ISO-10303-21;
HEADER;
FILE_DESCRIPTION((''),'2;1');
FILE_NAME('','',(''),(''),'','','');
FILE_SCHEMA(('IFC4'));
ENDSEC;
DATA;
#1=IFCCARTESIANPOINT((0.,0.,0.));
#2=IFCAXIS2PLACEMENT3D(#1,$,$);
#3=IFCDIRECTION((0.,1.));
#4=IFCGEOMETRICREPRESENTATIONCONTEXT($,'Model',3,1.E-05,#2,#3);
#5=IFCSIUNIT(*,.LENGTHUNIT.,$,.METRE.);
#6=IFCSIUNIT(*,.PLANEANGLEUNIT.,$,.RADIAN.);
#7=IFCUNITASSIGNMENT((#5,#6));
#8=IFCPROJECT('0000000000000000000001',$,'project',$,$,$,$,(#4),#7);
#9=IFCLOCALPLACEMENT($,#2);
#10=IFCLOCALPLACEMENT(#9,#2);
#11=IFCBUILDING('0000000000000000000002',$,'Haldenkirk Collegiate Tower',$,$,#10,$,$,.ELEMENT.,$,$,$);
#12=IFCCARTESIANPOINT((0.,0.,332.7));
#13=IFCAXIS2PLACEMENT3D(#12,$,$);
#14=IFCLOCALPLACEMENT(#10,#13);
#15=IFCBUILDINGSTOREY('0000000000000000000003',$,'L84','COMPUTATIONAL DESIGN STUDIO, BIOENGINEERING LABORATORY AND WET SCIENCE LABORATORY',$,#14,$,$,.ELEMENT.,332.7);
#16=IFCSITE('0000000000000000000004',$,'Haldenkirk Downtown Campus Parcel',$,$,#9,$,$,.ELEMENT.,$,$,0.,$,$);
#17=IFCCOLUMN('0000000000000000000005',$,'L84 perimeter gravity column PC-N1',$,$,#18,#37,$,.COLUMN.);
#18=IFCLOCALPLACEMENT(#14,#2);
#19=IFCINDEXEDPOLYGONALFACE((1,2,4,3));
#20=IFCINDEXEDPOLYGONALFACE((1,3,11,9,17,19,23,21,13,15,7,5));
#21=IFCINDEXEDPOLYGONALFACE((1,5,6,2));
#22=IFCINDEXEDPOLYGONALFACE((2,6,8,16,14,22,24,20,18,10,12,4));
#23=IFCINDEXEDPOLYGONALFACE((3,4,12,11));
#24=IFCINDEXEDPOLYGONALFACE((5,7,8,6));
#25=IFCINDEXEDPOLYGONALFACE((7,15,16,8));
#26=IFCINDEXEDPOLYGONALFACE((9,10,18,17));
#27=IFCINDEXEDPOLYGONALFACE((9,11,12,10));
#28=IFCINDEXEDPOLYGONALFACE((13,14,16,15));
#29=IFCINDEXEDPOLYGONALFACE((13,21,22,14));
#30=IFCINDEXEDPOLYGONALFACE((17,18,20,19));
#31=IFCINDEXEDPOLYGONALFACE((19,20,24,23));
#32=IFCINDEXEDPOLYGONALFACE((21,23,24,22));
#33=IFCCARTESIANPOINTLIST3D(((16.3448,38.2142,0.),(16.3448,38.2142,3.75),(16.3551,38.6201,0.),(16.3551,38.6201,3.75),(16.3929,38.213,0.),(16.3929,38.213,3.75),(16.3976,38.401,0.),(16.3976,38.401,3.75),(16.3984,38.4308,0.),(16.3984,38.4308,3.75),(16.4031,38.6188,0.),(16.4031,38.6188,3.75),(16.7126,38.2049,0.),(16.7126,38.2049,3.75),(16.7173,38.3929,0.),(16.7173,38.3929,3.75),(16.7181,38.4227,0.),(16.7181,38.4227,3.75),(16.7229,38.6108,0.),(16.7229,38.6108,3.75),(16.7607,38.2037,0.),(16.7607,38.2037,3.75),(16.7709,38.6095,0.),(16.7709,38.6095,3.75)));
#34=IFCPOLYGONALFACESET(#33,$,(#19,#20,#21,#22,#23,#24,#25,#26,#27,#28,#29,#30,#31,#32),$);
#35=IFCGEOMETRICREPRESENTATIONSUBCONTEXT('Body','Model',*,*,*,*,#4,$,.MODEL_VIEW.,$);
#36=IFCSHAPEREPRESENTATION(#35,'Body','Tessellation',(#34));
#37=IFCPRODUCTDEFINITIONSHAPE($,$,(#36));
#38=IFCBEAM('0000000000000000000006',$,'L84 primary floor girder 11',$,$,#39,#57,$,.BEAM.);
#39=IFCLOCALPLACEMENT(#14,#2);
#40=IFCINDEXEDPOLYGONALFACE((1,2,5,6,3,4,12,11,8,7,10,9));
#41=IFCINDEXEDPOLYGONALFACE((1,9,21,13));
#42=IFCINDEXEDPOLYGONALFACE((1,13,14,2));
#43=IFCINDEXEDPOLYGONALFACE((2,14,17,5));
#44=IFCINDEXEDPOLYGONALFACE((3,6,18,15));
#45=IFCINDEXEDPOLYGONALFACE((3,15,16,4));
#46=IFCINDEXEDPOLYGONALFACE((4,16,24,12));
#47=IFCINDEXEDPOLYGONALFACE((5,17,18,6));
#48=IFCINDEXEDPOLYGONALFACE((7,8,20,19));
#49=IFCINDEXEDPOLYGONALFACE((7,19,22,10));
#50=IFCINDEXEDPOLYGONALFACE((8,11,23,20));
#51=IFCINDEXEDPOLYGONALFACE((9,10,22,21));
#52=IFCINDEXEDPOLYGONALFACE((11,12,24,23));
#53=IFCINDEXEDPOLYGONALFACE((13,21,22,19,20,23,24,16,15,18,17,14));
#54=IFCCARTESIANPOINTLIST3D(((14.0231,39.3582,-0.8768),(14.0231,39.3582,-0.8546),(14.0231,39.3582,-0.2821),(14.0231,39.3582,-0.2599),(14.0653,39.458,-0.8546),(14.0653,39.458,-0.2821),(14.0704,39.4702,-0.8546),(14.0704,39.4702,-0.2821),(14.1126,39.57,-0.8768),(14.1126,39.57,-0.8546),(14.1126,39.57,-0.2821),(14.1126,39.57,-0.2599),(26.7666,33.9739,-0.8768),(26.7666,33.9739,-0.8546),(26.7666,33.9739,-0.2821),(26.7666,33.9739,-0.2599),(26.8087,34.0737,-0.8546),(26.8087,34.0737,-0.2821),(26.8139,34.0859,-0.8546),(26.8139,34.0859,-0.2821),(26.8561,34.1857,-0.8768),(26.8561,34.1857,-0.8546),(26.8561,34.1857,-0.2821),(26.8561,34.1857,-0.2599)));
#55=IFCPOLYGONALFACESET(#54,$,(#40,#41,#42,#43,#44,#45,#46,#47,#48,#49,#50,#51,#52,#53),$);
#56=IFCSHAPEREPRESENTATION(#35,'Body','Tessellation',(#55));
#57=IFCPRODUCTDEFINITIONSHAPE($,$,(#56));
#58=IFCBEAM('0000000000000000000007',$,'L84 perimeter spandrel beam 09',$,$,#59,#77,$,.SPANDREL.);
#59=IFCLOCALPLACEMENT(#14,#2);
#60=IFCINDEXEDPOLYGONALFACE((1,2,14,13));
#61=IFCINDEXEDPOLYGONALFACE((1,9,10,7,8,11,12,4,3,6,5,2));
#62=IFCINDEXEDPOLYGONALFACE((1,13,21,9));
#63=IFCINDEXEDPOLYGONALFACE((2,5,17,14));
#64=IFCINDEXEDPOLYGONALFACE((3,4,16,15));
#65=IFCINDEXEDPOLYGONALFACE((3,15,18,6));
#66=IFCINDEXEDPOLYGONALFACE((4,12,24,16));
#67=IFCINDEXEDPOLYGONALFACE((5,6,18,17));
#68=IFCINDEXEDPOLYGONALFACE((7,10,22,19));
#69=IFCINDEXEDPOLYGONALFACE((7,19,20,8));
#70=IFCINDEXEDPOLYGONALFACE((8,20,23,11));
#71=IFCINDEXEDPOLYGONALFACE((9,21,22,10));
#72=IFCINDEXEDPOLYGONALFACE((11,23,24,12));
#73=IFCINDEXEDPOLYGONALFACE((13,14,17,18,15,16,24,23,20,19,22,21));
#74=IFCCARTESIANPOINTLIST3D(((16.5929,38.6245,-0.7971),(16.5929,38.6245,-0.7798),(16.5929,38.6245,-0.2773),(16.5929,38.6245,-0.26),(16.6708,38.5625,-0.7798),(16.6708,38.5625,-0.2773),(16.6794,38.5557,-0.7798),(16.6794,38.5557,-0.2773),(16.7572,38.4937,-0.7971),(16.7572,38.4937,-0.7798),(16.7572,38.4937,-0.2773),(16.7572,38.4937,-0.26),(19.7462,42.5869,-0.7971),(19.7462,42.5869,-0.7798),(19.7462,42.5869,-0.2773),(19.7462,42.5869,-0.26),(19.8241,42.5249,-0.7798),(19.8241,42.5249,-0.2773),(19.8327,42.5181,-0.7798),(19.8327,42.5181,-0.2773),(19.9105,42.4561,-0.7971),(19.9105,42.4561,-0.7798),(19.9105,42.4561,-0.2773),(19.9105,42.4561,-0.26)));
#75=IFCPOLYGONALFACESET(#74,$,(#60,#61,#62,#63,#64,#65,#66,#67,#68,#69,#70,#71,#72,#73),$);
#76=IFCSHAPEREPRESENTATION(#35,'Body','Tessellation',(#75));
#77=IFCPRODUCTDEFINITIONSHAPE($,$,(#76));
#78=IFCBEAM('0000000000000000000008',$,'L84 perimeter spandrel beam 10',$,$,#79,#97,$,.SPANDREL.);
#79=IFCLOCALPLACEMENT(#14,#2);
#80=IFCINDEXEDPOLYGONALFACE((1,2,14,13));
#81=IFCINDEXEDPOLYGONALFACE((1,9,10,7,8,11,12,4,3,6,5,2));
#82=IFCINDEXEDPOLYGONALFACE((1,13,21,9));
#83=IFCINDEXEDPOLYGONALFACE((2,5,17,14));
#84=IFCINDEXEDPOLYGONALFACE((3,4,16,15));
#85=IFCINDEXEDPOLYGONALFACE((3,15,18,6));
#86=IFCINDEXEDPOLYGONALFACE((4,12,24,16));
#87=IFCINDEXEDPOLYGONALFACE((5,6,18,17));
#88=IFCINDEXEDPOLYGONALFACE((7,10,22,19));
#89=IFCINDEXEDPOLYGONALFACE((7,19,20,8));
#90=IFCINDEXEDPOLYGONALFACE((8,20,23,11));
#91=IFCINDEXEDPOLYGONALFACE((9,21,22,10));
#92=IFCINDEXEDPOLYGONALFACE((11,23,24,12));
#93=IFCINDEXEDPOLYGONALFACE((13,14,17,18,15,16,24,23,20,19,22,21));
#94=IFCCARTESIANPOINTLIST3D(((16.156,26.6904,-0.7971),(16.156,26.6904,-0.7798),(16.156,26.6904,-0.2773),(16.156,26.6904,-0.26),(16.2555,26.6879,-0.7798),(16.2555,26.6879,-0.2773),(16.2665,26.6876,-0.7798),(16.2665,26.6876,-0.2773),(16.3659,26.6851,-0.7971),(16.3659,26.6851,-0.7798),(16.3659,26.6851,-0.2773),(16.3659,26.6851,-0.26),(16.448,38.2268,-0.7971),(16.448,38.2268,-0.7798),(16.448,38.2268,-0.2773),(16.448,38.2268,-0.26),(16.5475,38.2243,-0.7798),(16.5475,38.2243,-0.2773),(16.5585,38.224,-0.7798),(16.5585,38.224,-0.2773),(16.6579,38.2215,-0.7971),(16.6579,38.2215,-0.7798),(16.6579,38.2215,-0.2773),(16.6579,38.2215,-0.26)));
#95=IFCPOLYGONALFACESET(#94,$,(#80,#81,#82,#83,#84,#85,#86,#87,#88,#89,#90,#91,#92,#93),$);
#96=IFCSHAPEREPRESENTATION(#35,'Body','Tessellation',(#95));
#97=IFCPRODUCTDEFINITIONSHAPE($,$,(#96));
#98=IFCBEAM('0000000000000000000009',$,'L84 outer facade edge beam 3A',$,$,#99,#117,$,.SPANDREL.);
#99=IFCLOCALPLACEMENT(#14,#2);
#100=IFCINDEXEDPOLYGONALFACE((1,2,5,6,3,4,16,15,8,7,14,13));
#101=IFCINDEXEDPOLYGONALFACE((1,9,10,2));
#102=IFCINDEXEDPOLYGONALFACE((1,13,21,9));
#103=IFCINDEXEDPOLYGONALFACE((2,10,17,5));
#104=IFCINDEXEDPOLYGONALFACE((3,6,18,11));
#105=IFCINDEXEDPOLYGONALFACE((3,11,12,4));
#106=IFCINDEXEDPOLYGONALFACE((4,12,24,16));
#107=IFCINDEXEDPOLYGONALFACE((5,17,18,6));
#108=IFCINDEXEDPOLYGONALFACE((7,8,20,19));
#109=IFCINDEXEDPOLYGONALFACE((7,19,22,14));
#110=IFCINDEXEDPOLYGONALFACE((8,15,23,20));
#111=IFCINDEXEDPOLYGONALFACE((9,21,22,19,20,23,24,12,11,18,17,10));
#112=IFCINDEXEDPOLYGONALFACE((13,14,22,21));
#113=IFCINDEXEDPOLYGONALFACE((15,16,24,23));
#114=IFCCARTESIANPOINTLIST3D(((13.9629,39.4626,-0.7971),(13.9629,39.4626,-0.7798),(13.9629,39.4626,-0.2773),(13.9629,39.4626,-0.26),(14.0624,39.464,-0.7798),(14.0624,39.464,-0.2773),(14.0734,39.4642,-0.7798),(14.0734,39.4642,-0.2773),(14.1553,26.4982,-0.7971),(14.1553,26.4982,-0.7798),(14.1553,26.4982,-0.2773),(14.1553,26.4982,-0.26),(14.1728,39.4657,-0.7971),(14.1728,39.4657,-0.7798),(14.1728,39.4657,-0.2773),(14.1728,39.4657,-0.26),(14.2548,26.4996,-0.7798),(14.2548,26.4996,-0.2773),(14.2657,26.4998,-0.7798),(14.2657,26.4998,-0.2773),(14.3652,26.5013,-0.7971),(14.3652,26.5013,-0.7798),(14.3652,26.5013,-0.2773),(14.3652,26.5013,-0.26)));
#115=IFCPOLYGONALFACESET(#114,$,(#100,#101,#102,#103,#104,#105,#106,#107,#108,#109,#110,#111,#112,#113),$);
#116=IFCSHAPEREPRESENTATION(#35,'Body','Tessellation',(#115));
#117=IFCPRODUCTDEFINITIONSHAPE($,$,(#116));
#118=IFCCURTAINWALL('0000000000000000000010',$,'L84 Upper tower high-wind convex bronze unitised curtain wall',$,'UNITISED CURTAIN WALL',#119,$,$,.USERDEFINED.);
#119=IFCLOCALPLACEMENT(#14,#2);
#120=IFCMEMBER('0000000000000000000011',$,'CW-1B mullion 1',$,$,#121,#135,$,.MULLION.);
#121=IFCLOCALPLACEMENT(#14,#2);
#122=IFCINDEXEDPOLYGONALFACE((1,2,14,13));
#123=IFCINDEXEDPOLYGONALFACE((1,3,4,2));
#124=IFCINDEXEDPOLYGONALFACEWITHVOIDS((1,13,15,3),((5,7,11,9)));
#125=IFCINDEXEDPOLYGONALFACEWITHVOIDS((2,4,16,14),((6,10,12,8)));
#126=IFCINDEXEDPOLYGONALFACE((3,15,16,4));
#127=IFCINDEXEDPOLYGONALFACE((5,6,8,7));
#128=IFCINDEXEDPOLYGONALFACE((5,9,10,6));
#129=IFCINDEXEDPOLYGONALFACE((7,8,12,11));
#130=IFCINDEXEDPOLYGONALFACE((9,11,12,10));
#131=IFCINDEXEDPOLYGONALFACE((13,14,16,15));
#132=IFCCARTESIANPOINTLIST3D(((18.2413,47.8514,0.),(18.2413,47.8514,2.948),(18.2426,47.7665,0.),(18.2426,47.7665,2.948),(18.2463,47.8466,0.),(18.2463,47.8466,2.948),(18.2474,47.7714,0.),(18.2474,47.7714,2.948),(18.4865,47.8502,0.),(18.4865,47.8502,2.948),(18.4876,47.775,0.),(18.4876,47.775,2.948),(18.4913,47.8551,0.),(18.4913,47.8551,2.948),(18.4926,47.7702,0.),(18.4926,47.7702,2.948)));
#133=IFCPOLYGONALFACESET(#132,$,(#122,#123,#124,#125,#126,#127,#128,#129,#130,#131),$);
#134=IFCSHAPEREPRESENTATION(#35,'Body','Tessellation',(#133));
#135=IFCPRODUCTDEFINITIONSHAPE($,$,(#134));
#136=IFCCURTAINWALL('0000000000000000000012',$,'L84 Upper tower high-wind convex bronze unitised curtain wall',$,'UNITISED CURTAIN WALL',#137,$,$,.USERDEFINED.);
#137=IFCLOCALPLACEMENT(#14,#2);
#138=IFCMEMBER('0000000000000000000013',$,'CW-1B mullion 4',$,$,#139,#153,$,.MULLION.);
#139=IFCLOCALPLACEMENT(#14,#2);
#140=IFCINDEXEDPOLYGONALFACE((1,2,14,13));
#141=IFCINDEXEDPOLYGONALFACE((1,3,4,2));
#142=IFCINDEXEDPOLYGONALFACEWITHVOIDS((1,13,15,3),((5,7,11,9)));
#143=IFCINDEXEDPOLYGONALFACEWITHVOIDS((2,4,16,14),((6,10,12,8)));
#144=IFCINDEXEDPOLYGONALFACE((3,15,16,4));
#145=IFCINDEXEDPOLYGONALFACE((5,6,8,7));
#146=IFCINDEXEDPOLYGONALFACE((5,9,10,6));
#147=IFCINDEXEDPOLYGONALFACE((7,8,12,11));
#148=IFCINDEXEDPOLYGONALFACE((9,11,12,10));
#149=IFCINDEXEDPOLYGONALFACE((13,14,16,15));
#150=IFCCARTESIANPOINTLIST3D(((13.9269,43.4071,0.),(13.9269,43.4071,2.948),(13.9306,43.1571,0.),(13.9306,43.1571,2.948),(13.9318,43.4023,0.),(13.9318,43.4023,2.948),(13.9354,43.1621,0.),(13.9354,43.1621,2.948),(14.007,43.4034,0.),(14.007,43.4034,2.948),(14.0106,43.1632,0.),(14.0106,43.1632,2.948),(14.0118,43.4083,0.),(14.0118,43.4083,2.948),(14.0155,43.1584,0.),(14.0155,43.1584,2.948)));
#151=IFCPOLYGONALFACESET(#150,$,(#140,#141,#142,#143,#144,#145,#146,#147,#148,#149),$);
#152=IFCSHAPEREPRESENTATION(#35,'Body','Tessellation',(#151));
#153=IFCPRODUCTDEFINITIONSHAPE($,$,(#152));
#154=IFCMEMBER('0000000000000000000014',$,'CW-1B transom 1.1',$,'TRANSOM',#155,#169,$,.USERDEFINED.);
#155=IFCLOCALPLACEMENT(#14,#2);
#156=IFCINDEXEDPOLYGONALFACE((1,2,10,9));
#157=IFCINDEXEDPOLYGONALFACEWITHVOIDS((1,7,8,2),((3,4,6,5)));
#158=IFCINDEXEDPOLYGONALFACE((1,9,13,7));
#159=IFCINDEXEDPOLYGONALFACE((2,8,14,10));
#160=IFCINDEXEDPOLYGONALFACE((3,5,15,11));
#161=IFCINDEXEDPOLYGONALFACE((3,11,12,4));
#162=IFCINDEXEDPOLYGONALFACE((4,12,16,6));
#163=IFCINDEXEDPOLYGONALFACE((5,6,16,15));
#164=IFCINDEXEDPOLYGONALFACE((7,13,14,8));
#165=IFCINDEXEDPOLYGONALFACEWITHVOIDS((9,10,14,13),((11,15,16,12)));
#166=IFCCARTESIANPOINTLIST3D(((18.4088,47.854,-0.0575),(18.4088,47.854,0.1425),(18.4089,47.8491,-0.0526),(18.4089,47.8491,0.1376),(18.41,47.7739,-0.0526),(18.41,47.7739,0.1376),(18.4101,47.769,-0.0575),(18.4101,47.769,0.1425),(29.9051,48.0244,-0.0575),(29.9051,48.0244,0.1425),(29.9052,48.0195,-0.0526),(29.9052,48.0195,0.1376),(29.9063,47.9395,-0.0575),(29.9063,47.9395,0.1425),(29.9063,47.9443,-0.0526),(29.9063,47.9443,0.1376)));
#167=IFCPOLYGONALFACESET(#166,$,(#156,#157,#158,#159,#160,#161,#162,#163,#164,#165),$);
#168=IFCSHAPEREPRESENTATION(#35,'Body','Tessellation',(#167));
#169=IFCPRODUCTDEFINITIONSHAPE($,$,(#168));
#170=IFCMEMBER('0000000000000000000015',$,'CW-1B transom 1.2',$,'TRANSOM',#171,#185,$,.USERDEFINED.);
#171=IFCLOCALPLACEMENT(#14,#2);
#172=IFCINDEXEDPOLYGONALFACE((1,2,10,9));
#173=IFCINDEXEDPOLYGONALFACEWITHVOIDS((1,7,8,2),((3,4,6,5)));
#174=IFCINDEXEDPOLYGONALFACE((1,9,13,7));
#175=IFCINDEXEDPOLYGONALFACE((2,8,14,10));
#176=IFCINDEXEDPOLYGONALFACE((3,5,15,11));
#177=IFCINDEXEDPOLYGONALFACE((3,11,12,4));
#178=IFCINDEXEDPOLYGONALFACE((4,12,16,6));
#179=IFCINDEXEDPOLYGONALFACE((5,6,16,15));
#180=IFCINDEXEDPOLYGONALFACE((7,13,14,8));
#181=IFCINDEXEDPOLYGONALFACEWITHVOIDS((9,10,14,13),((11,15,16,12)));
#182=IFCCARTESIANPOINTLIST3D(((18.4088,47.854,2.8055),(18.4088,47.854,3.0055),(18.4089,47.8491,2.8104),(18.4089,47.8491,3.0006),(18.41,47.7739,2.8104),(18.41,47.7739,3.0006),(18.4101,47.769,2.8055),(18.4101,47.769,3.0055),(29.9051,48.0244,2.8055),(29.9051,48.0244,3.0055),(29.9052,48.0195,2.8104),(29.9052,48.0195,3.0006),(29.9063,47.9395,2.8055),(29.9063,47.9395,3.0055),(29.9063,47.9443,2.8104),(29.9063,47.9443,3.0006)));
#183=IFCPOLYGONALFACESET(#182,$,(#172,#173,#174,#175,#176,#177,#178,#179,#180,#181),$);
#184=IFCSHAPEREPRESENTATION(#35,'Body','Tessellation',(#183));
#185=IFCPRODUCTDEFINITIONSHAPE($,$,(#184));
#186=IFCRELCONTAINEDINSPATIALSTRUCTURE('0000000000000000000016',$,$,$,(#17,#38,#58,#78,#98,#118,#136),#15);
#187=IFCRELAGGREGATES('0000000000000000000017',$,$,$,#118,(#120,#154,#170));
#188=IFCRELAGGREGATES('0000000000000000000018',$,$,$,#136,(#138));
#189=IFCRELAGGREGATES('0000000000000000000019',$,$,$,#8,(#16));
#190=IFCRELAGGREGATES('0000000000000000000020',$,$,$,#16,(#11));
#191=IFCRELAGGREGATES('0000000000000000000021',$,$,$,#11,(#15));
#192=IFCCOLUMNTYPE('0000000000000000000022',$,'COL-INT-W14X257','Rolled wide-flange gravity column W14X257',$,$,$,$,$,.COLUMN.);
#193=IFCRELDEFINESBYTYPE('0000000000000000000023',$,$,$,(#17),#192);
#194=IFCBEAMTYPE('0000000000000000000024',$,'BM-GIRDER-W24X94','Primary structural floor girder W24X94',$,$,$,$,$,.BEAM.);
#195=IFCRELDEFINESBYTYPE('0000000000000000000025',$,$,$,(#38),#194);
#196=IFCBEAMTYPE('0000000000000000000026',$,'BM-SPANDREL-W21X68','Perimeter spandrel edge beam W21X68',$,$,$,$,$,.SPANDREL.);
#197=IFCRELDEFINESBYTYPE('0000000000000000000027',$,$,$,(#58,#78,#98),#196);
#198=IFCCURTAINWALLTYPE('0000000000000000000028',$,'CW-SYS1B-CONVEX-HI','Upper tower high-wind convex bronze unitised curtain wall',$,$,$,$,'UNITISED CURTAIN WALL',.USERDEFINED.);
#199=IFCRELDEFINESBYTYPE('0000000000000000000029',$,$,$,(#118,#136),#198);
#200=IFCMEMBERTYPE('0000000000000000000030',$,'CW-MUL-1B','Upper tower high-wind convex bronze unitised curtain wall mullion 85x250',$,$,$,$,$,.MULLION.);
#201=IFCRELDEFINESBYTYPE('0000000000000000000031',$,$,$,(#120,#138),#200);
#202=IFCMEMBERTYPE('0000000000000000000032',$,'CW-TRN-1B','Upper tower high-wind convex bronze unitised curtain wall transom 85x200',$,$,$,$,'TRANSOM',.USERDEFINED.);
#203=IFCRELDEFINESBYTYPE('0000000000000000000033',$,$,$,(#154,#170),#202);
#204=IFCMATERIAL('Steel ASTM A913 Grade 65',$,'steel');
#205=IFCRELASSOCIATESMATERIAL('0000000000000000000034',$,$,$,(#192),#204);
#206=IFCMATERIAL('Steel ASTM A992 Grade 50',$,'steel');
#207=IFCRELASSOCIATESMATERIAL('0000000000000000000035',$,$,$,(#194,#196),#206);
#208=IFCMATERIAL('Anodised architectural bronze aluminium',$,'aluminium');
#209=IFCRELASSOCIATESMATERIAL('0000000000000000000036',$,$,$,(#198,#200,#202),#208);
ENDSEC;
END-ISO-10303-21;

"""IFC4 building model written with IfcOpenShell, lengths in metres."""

from ifc_helpers import new_model, si_unit, direction, frame, origin, origin_2d, place, context, subcontext, project, spatial, hollow_rectangle, i_section, extrude, material, material_profile, profile_set, type_object, element, aggregate, save


model = new_model("IFC4")

# Units and contexts
model_context = context("Model", 3, precision=1e-05, world=origin(), true_north=direction((0.0, 1.0)))
body_context = subcontext(model_context, "Body", "Model", "MODEL_VIEW")
ifc_project = project(units=[si_unit("LENGTHUNIT", "METRE"), si_unit("PLANEANGLEUNIT", "RADIAN")], contexts=[model_context])

# Site, building, storey
site_placement = place(None, origin())
site = spatial("IfcSite", under=ifc_project, at=site_placement, Name="Haldenkirk Downtown Campus Parcel", CompositionType="ELEMENT", RefElevation=0.0)
building_placement = place(site_placement, origin())
building = spatial("IfcBuilding", under=site, at=building_placement, Name="Haldenkirk Collegiate Tower", CompositionType="ELEMENT")
storey_placement = place(building_placement, frame((0.0, 0.0, 332.7)))
storey = spatial("IfcBuildingStorey", under=building, at=storey_placement, Name="L84", Description="COMPUTATIONAL DESIGN STUDIO, BIOENGINEERING LABORATORY AND WET SCIENCE LABORATORY", CompositionType="ELEMENT", Elevation=332.7)

# Column
ifc_material_1 = material(Name="Steel ASTM A913 Grade 65", Category="steel")
ifc_material_profile_1 = material_profile(ifc_material_1, i_section(OverallWidth=0.406, OverallDepth=0.416, WebThickness=0.0298, FlangeThickness=0.0481, at=origin_2d()), Name="W14X257")
ifc_profile_set_1 = profile_set([ifc_material_profile_1], Name="Steel ASTM A913 Grade 65")
column_type = type_object("IfcColumnType", Name="COL-INT-W14X257", Description="Rolled wide-flange gravity column W14X257", PredefinedType="COLUMN", material=ifc_profile_set_1)
column_placement = place(storey_placement, frame((16.5579, 38.4119, 0.0), z_axis=(0.0, 0.0, 1.0), x_axis=(0.025305, 0.99968, 0.0)))
element("IfcColumn", 1, at=column_placement, inside=storey, type_object=column_type, Name="L84 perimeter gravity column PC-N1", PredefinedType="COLUMN", context=body_context, shape_type="SweptSolid", body=[
    extrude(i_section(OverallWidth=0.406, OverallDepth=0.416, WebThickness=0.0298, FlangeThickness=0.0481, at=origin_2d()), origin(), (0.0, 0.0, 1.0), 3.75),
])

# Beams
ifc_material_2 = material(Name="Steel ASTM A992 Grade 50", Category="steel")
ifc_material_profile_2 = material_profile(ifc_material_2, i_section(OverallWidth=0.23, OverallDepth=0.6169, WebThickness=0.0132, FlangeThickness=0.0222, at=origin_2d()), Name="W24X94")
ifc_profile_set_2 = profile_set([ifc_material_profile_2], Name="Steel ASTM A992 Grade 50")
beam_type_1 = type_object("IfcBeamType", Name="BM-GIRDER-W24X94", Description="Primary structural floor girder W24X94", PredefinedType="BEAM", material=ifc_profile_set_2)
beam_1_placement = place(storey_placement, frame((14.0679, 39.4641, -0.5684), z_axis=(0.921153, -0.389201, 0.0), x_axis=(0.389201, 0.921153, 0.0)))
element("IfcBeam", 2, at=beam_1_placement, inside=storey, type_object=beam_type_1, Name="L84 primary floor girder 11", PredefinedType="BEAM", context=body_context, shape_type="SweptSolid", body=[
    extrude(i_section(OverallWidth=0.23, OverallDepth=0.6169, WebThickness=0.0132, FlangeThickness=0.0222, at=origin_2d()), origin(), (0.0, 0.0, 1.0), 13.8342),
])
ifc_material_profile_3 = material_profile(ifc_material_2, i_section(OverallWidth=0.21, OverallDepth=0.5371, WebThickness=0.011, FlangeThickness=0.0173, at=origin_2d()), Name="W21X68")
ifc_profile_set_3 = profile_set([ifc_material_profile_3], Name="Steel ASTM A992 Grade 50")
beam_type_2 = type_object("IfcBeamType", Name="BM-SPANDREL-W21X68", Description="Perimeter spandrel edge beam W21X68", PredefinedType="SPANDREL", material=ifc_profile_set_3)
beam_2_placement = place(storey_placement, frame((19.8284, 42.5215, -0.5286), z_axis=(-0.622694, -0.782465, 0.0), x_axis=(0.782465, -0.622694, 0.0)))
element("IfcBeam", 3, at=beam_2_placement, inside=storey, type_object=beam_type_2, Name="L84 perimeter spandrel beam 09", PredefinedType="SPANDREL", context=body_context, shape_type="SweptSolid", body=[
    extrude(i_section(OverallWidth=0.21, OverallDepth=0.5371, WebThickness=0.011, FlangeThickness=0.0173, at=origin_2d()), origin(), (0.0, 0.0, 1.0), 5.064),
])
beam_3_placement = place(storey_placement, frame((16.553, 38.2241, -0.5286), z_axis=(-0.025302, -0.99968, 0.0), x_axis=(0.99968, -0.025302, 0.0)))
element("IfcBeam", 4, at=beam_3_placement, inside=storey, type_object=beam_type_2, Name="L84 perimeter spandrel beam 10", PredefinedType="SPANDREL", context=body_context, shape_type="SweptSolid", body=[
    extrude(i_section(OverallWidth=0.21, OverallDepth=0.5371, WebThickness=0.011, FlangeThickness=0.0173, at=origin_2d()), origin(), (0.0, 0.0, 1.0), 11.54),
])
beam_4_placement = place(storey_placement, frame((14.0679, 39.4641, -0.5286), z_axis=(0.014838, -0.99989, 0.0), x_axis=(0.99989, 0.014838, 0.0)))
element("IfcBeam", 5, at=beam_4_placement, inside=storey, type_object=beam_type_2, Name="L84 outer facade edge beam 3A", PredefinedType="SPANDREL", context=body_context, shape_type="SweptSolid", body=[
    extrude(i_section(OverallWidth=0.21, OverallDepth=0.5371, WebThickness=0.011, FlangeThickness=0.0173, at=origin_2d()), origin(), (0.0, 0.0, 1.0), 12.9658),
])

# Curtain walls, members
ifc_material_3 = material(Name="Anodised architectural bronze aluminium", Category="aluminium")
curtain_wall_type = type_object("IfcCurtainWallType", Name="CW-SYS1B-CONVEX-HI", Description="Upper tower high-wind convex bronze unitised curtain wall", ElementType="UNITISED CURTAIN WALL", PredefinedType="USERDEFINED", material=ifc_material_3)
curtain_wall_1_placement = place(storey_placement, origin())
curtain_wall_1 = element("IfcCurtainWall", 6, at=curtain_wall_1_placement, inside=storey, type_object=curtain_wall_type, Name="L84 Upper tower high-wind convex bronze unitised curtain wall", ObjectType="UNITISED CURTAIN WALL", PredefinedType="USERDEFINED")
ifc_material_profile_4 = material_profile(ifc_material_3, hollow_rectangle(XDim=0.085, YDim=0.25, WallThickness=0.0049, at=origin_2d()), Name="CW-MUL-1B")
ifc_profile_set_4 = profile_set([ifc_material_profile_4], Name="Anodised architectural bronze aluminium")
member_type_1 = type_object("IfcMemberType", Name="CW-MUL-1B", Description="Upper tower high-wind convex bronze unitised curtain wall mullion 85x250", PredefinedType="MULLION", material=ifc_profile_set_4)
member_1_placement = place(storey_placement, frame((18.3669, 47.8108, 0.0), z_axis=(0.0, 0.0, 1.0), x_axis=(-0.014833, 0.99989, 0.0)))
member_1 = element("IfcMember", 7, at=member_1_placement, type_object=member_type_1, Name="CW-1B mullion 1", PredefinedType="MULLION", context=body_context, shape_type="SweptSolid", body=[
    extrude(hollow_rectangle(XDim=0.085, YDim=0.25, WallThickness=0.0049, at=origin_2d()), origin(), (0.0, 0.0, 1.0), 2.948),
])
curtain_wall_2_placement = place(storey_placement, origin())
curtain_wall_2 = element("IfcCurtainWall", 8, at=curtain_wall_2_placement, inside=storey, type_object=curtain_wall_type, Name="L84 Upper tower high-wind convex bronze unitised curtain wall", ObjectType="UNITISED CURTAIN WALL", PredefinedType="USERDEFINED")
member_2_placement = place(storey_placement, frame((13.9712, 43.2827, 0.0), z_axis=(0.0, 0.0, 1.0), x_axis=(-0.99989, -0.014833, 0.0)))
member_2 = element("IfcMember", 9, at=member_2_placement, type_object=member_type_1, Name="CW-1B mullion 4", PredefinedType="MULLION", context=body_context, shape_type="SweptSolid", body=[
    extrude(hollow_rectangle(XDim=0.085, YDim=0.25, WallThickness=0.0049, at=origin_2d()), origin(), (0.0, 0.0, 1.0), 2.948),
])

# Members
ifc_material_profile_5 = material_profile(ifc_material_3, hollow_rectangle(XDim=0.085, YDim=0.2, WallThickness=0.0049, at=origin_2d()), Name="CW-TRN-1B")
ifc_profile_set_5 = profile_set([ifc_material_profile_5], Name="Anodised architectural bronze aluminium")
member_type_2 = type_object("IfcMemberType", Name="CW-TRN-1B", Description="Upper tower high-wind convex bronze unitised curtain wall transom 85x200", ElementType="TRANSOM", PredefinedType="USERDEFINED", material=ifc_profile_set_5)
member_3_placement = place(storey_placement, frame((18.4094, 47.8115, 0.0425), z_axis=(0.99989, 0.014821, 0.0), x_axis=(-0.014821, 0.99989, 0.0)))
member_3 = element("IfcMember", 10, at=member_3_placement, type_object=member_type_2, Name="CW-1B transom 1.1", ObjectType="TRANSOM", PredefinedType="USERDEFINED", context=body_context, shape_type="SweptSolid", body=[
    extrude(hollow_rectangle(XDim=0.085, YDim=0.2, WallThickness=0.0049, at=origin_2d()), origin(), (0.0, 0.0, 1.0), 11.4976),
])
member_4_placement = place(storey_placement, frame((18.4094, 47.8115, 2.9055), z_axis=(0.99989, 0.014821, 0.0), x_axis=(-0.014821, 0.99989, 0.0)))
member_4 = element("IfcMember", 11, at=member_4_placement, type_object=member_type_2, Name="CW-1B transom 1.2", ObjectType="TRANSOM", PredefinedType="USERDEFINED", context=body_context, shape_type="SweptSolid", body=[
    extrude(hollow_rectangle(XDim=0.085, YDim=0.2, WallThickness=0.0049, at=origin_2d()), origin(), (0.0, 0.0, 1.0), 11.4976),
])
aggregate(curtain_wall_1, [member_1, member_3, member_4])

aggregate(curtain_wall_2, [member_2])

save(model, "model.ifc")
